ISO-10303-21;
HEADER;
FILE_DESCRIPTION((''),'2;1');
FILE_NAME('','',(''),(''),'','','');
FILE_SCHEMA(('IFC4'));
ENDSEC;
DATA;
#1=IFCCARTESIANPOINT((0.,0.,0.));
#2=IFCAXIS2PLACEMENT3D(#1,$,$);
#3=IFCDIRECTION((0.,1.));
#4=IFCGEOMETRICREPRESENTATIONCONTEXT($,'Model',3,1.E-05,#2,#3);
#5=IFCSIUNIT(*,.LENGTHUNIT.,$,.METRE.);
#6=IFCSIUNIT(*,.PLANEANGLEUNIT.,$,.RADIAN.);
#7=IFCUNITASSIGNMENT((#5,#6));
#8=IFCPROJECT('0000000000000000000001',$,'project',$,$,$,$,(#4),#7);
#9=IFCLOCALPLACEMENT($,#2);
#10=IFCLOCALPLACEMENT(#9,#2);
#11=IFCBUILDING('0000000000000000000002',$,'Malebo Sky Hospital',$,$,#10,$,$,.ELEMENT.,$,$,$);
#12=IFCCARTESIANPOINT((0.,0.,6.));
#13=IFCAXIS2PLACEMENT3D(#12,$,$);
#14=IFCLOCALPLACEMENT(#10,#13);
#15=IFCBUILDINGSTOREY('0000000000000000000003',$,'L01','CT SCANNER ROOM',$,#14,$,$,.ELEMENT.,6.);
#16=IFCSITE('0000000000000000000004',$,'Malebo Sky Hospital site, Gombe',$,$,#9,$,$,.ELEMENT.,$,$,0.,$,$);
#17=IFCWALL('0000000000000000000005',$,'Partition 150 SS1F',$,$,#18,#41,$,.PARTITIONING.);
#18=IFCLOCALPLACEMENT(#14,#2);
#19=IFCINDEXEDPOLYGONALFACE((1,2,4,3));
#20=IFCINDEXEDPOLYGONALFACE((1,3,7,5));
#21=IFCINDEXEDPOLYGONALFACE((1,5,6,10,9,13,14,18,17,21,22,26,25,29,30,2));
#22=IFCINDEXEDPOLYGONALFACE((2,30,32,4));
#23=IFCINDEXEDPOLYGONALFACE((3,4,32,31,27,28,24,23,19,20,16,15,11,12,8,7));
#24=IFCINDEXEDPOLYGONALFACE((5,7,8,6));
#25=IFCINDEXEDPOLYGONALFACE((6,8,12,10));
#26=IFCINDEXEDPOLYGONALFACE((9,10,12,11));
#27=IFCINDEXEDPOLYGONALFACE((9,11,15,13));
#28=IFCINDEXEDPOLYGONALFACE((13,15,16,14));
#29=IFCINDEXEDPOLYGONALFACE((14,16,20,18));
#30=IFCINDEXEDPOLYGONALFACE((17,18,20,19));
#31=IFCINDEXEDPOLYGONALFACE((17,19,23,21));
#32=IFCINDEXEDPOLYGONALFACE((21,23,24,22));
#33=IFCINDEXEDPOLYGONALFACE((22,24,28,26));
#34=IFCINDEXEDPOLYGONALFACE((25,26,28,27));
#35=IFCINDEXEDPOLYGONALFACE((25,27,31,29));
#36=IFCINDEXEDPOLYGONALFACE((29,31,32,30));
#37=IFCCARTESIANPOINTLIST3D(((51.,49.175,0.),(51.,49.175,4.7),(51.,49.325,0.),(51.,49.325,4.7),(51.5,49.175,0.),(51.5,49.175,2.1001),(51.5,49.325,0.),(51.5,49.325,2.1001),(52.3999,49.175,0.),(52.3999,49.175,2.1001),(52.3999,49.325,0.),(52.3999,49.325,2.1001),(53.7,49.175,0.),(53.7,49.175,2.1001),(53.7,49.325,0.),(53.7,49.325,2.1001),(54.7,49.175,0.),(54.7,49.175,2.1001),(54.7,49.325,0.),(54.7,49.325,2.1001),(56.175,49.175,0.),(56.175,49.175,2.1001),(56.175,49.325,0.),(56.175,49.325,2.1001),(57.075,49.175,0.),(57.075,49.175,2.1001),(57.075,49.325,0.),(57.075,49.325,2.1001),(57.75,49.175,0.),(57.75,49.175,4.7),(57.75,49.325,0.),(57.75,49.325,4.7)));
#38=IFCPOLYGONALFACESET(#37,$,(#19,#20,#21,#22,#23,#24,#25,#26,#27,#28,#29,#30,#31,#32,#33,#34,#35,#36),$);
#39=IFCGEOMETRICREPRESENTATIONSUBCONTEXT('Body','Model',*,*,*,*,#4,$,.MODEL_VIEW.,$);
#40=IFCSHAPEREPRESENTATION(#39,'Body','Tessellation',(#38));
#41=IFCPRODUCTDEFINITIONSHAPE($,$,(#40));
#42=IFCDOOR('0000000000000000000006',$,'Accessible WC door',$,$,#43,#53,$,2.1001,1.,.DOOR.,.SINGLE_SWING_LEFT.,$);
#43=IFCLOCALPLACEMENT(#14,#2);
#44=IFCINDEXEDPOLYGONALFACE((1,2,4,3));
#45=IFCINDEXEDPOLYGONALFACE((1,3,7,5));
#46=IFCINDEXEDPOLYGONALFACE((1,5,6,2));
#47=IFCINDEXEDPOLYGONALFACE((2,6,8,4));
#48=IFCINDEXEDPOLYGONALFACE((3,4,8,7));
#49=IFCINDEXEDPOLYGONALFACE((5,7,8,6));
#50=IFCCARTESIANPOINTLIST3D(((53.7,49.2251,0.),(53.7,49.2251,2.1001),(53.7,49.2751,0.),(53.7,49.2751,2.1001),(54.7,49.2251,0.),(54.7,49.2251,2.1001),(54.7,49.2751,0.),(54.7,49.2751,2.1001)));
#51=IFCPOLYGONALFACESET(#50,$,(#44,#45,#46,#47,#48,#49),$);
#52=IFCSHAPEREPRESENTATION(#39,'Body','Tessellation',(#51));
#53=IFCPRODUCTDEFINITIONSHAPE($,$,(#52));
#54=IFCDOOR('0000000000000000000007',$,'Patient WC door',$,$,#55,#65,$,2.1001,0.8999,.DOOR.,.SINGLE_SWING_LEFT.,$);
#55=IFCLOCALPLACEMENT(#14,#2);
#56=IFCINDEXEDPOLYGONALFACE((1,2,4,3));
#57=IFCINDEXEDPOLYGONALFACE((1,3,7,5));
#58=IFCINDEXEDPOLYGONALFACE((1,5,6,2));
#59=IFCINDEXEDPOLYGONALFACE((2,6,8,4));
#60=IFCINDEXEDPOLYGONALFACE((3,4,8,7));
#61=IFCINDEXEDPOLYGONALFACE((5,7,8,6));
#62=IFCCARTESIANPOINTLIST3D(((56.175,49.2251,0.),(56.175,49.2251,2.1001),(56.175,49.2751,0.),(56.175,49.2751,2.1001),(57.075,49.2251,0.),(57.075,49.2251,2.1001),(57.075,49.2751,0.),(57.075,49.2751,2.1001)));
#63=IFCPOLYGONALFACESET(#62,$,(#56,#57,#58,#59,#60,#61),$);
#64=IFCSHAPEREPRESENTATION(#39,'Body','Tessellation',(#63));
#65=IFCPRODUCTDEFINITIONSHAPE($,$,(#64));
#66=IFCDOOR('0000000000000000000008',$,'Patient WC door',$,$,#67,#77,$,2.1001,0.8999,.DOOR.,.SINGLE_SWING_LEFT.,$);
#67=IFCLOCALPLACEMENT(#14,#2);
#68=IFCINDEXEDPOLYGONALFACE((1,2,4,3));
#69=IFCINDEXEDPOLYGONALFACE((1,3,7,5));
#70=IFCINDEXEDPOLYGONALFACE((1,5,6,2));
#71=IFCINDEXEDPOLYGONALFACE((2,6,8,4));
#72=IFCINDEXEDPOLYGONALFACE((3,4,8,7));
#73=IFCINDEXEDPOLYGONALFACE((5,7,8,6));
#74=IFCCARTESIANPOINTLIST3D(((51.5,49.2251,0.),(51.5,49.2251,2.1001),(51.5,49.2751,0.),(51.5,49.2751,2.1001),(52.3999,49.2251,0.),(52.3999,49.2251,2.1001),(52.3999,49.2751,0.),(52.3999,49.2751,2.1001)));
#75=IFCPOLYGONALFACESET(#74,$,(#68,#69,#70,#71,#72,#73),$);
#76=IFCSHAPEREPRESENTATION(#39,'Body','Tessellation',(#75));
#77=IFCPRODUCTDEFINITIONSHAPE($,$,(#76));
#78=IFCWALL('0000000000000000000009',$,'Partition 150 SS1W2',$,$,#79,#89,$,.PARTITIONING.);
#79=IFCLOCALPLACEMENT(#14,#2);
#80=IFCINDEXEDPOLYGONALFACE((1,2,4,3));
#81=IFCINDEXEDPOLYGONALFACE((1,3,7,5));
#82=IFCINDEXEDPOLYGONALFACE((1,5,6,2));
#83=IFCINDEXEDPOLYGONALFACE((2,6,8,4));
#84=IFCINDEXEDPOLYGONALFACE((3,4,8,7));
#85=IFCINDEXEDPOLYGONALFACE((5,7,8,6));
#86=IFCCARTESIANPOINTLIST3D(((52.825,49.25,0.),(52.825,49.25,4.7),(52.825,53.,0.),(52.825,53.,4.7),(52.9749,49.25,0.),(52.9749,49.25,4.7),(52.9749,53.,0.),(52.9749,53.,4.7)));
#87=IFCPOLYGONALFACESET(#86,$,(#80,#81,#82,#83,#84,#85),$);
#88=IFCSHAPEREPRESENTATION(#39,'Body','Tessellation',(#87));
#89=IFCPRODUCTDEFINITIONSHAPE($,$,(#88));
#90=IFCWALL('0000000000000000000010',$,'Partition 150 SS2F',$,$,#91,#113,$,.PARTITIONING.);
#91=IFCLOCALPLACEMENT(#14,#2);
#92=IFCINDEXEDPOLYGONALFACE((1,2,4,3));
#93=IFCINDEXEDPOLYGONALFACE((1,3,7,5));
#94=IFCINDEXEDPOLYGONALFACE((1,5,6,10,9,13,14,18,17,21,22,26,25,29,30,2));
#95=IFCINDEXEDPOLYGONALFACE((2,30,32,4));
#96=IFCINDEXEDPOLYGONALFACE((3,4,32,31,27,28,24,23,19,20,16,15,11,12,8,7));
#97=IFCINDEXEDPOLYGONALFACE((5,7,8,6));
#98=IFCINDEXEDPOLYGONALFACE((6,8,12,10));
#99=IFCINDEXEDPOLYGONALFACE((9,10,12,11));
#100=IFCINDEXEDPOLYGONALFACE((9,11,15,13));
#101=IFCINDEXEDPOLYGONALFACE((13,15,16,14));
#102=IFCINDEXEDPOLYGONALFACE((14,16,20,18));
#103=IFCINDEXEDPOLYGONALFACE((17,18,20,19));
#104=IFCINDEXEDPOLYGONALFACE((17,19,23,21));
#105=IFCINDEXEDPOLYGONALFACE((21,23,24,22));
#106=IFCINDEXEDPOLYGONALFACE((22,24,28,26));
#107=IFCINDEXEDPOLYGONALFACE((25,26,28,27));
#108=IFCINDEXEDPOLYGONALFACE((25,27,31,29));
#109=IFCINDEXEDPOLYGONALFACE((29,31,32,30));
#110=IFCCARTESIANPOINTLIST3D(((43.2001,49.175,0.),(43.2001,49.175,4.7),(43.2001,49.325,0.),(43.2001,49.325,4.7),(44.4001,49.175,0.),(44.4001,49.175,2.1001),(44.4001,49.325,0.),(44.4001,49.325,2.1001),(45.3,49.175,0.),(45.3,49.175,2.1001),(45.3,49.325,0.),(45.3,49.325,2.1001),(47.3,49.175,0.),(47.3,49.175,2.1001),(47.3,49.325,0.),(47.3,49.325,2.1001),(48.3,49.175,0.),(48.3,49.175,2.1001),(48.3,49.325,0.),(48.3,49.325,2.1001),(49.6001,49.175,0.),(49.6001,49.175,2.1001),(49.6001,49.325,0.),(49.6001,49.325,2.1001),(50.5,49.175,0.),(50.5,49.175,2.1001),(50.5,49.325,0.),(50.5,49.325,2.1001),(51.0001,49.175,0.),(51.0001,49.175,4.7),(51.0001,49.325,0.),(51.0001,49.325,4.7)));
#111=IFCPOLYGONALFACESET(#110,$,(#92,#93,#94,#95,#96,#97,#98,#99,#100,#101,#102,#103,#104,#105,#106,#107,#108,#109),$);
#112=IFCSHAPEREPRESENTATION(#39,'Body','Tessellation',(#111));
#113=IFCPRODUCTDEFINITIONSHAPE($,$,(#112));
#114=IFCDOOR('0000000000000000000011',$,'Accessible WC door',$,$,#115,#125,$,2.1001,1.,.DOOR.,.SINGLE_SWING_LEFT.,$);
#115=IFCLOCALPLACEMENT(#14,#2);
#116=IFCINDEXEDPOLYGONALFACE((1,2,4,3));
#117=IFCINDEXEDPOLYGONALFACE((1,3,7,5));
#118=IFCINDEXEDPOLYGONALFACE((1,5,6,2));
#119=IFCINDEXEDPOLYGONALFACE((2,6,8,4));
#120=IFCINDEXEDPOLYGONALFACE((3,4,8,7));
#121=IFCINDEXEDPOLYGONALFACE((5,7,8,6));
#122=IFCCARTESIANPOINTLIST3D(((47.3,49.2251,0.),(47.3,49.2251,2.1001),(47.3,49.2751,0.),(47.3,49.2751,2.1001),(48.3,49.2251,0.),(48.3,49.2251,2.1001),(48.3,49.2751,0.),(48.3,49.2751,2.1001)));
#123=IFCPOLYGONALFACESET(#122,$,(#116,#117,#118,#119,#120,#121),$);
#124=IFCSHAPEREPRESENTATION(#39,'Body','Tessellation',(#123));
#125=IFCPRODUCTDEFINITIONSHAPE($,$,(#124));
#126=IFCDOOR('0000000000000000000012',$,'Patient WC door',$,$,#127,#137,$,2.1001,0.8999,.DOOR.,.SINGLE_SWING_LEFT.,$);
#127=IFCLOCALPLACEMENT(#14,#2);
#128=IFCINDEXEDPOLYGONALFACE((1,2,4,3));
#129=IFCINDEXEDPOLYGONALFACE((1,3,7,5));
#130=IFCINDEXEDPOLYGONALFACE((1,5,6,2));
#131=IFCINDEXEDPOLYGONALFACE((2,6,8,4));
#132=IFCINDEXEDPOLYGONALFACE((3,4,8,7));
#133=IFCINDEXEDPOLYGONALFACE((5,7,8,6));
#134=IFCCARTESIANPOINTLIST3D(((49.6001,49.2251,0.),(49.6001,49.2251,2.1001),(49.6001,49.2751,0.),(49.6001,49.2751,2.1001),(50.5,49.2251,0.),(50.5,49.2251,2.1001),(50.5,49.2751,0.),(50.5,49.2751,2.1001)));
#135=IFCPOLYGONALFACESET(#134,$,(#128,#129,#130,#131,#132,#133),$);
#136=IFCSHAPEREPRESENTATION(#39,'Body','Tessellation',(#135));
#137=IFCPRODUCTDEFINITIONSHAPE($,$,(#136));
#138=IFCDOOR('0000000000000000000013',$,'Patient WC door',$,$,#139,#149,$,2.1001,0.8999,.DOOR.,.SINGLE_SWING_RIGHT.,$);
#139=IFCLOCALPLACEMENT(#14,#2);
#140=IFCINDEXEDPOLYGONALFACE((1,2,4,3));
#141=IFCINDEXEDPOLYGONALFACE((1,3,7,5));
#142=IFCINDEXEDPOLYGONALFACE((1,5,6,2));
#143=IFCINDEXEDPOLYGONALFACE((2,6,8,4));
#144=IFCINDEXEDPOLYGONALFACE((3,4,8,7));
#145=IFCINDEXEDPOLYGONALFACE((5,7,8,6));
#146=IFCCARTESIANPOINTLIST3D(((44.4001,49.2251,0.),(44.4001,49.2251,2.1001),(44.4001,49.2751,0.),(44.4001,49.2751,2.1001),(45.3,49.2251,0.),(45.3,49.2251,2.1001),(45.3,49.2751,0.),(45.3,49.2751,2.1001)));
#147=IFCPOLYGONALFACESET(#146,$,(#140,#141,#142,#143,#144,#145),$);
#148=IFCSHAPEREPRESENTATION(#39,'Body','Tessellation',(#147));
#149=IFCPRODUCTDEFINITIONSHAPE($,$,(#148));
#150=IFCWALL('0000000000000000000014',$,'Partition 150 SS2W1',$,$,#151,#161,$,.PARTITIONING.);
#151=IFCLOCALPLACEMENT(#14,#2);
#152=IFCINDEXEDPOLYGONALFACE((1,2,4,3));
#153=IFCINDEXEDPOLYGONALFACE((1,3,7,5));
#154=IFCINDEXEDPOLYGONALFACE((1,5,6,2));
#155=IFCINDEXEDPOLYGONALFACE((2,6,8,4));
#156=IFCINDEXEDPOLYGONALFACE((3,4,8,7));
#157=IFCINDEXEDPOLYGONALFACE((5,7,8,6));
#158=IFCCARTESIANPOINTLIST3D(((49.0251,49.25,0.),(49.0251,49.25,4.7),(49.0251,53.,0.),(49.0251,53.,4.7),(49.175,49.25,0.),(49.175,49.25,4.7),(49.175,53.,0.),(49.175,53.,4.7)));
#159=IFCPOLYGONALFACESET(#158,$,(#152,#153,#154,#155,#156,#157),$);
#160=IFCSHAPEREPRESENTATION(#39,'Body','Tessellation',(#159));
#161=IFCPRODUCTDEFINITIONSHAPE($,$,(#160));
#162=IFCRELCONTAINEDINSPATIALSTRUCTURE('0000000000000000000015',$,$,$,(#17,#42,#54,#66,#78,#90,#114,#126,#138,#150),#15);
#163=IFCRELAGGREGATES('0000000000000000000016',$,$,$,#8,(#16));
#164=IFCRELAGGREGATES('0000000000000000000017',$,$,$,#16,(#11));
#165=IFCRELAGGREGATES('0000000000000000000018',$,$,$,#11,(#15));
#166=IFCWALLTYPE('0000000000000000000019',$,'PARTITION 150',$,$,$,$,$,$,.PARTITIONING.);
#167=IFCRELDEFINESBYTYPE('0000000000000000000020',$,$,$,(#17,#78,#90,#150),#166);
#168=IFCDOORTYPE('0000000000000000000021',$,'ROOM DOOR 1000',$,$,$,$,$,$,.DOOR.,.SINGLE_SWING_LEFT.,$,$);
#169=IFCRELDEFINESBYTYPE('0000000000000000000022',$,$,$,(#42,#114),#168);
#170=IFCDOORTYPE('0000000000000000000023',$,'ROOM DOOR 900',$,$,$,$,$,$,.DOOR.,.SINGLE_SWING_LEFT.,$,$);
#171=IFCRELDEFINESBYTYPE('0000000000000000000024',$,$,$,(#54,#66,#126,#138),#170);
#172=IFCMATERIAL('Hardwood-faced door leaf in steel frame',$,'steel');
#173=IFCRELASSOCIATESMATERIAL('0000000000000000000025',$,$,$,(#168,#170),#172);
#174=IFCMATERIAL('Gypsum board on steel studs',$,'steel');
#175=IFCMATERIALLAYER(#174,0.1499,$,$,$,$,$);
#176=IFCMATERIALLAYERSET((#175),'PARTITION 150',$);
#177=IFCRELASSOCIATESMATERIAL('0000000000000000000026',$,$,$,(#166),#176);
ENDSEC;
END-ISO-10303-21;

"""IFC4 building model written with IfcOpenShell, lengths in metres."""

from ifc_helpers import new_model, si_unit, direction, frame, frame_2d, origin, place, context, subcontext, project, spatial, rectangle, extrude, material, layer, layer_set, type_object, element, fill, save


model = new_model("IFC4")

# Units and contexts
model_context = context("Model", 3, precision=1e-05, world=origin(), true_north=direction((0.0, 1.0)))
body_context = subcontext(model_context, "Body", "Model", "MODEL_VIEW")
ifc_project = project(units=[si_unit("LENGTHUNIT", "METRE"), si_unit("PLANEANGLEUNIT", "RADIAN")], contexts=[model_context])

# Site, building, storey
site_placement = place(None, origin())
site = spatial("IfcSite", under=ifc_project, at=site_placement, Name="Malebo Sky Hospital site, Gombe", CompositionType="ELEMENT", RefElevation=0.0)
building_placement = place(site_placement, origin())
building = spatial("IfcBuilding", under=site, at=building_placement, Name="Malebo Sky Hospital", CompositionType="ELEMENT")
storey_placement = place(building_placement, frame((0.0, 0.0, 6.0)))
storey = spatial("IfcBuildingStorey", under=building, at=storey_placement, Name="L01", Description="CT SCANNER ROOM", CompositionType="ELEMENT", Elevation=6.0)

# Shared definitions
ifc_material_1 = material(Name="Gypsum board on steel studs", Category="steel")
ifc_material_2 = material(Name="Hardwood-faced door leaf in steel frame", Category="steel")
door_type_1 = type_object("IfcDoorType", Name="ROOM DOOR 1000", OperationType="SINGLE_SWING_LEFT", PredefinedType="DOOR", material=ifc_material_2)

# Shared definitions
ifc_layer_1 = layer(ifc_material_1, 0.1499)
ifc_layer_set_1 = layer_set([ifc_layer_1], Name="PARTITION 150")
wall_type_1 = type_object("IfcWallType", Name="PARTITION 150", PredefinedType="PARTITIONING", material=ifc_layer_set_1)

# Wall, openings, doors
wall_1_placement = place(storey_placement, frame((57.75, 49.25, 0.0), z_axis=(0.0, 0.0, 1.0), x_axis=(-1.0, 0.0, 0.0)))
wall_1 = element("IfcWall", 1, at=wall_1_placement, inside=storey, type_object=wall_type_1, Name="Partition 150 SS1F", PredefinedType="PARTITIONING", context=body_context, shape_type="SweptSolid", body=[
    extrude(rectangle(XDim=6.75, YDim=0.1499, at=frame_2d((3.375, 0.0))), origin(), (0.0, 0.0, 1.0), 4.7),
])
opening_1_placement = place(wall_1_placement, frame((0.675, 0.0, 0.0)))
opening_1 = element("IfcOpeningElement", 2, at=opening_1_placement, cuts=wall_1, PredefinedType="OPENING", context=body_context, shape_type="SweptSolid", body=[
    extrude(rectangle(XDim=0.8999, YDim=2.1001, at=frame_2d((0.45, 1.05))), frame((0.0, 0.085, 0.0), z_axis=(0.0, -1.0, 0.0), x_axis=(1.0, 0.0, 0.0)), (0.0, 0.0, 1.0), 0.1699),
])
opening_2_placement = place(wall_1_placement, frame((3.05, 0.0, 0.0)))
opening_2 = element("IfcOpeningElement", 3, at=opening_2_placement, cuts=wall_1, PredefinedType="OPENING", context=body_context, shape_type="SweptSolid", body=[
    extrude(rectangle(XDim=1.0, YDim=2.1001, at=frame_2d((0.5, 1.05))), frame((0.0, 0.085, 0.0), z_axis=(0.0, -1.0, 0.0), x_axis=(1.0, 0.0, 0.0)), (0.0, 0.0, 1.0), 0.1699),
])
opening_3_placement = place(wall_1_placement, frame((5.3501, 0.0, 0.0)))
opening_3 = element("IfcOpeningElement", 4, at=opening_3_placement, cuts=wall_1, PredefinedType="OPENING", context=body_context, shape_type="SweptSolid", body=[
    extrude(rectangle(XDim=0.8999, YDim=2.1001, at=frame_2d((0.45, 1.05))), frame((0.0, 0.085, 0.0), z_axis=(0.0, -1.0, 0.0), x_axis=(1.0, 0.0, 0.0)), (0.0, 0.0, 1.0), 0.1699),
])
door_1_placement = place(opening_2_placement, origin())
door_1 = element("IfcDoor", 5, at=door_1_placement, inside=storey, type_object=door_type_1, Name="Accessible WC door", OperationType="SINGLE_SWING_LEFT", OverallHeight=2.1001, OverallWidth=1.0, PredefinedType="DOOR", context=body_context, shape_type="SweptSolid", body=[
    extrude(rectangle(XDim=1.0, YDim=2.1001, at=frame_2d((0.5, 1.05))), frame((0.0, 0.0249, 0.0), z_axis=(0.0, -1.0, 0.0), x_axis=(1.0, 0.0, 0.0)), (0.0, 0.0, 1.0), 0.05),
])
fill(opening_2, door_1)
door_type_2 = type_object("IfcDoorType", Name="ROOM DOOR 900", OperationType="SINGLE_SWING_LEFT", PredefinedType="DOOR", material=ifc_material_2)
door_2_placement = place(opening_1_placement, origin())
door_2 = element("IfcDoor", 6, at=door_2_placement, inside=storey, type_object=door_type_2, Name="Patient WC door", OperationType="SINGLE_SWING_LEFT", OverallHeight=2.1001, OverallWidth=0.8999, PredefinedType="DOOR", context=body_context, shape_type="SweptSolid", body=[
    extrude(rectangle(XDim=0.8999, YDim=2.1001, at=frame_2d((0.45, 1.05))), frame((0.0, 0.0249, 0.0), z_axis=(0.0, -1.0, 0.0), x_axis=(1.0, 0.0, 0.0)), (0.0, 0.0, 1.0), 0.05),
])
fill(opening_1, door_2)
door_3_placement = place(opening_3_placement, origin())
door_3 = element("IfcDoor", 7, at=door_3_placement, inside=storey, type_object=door_type_2, Name="Patient WC door", OperationType="SINGLE_SWING_LEFT", OverallHeight=2.1001, OverallWidth=0.8999, PredefinedType="DOOR", context=body_context, shape_type="SweptSolid", body=[
    extrude(rectangle(XDim=0.8999, YDim=2.1001, at=frame_2d((0.45, 1.05))), frame((0.0, 0.0249, 0.0), z_axis=(0.0, -1.0, 0.0), x_axis=(1.0, 0.0, 0.0)), (0.0, 0.0, 1.0), 0.05),
])
fill(opening_3, door_3)

# Wall
wall_2_placement = place(storey_placement, frame((52.8999, 53.0, 0.0), z_axis=(0.0, 0.0, 1.0), x_axis=(0.0, -1.0, 0.0)))
element("IfcWall", 8, at=wall_2_placement, inside=storey, type_object=wall_type_1, Name="Partition 150 SS1W2", PredefinedType="PARTITIONING", context=body_context, shape_type="SweptSolid", body=[
    extrude(rectangle(XDim=3.75, YDim=0.1499, at=frame_2d((1.875, 0.0))), origin(), (0.0, 0.0, 1.0), 4.7),
])

# Wall, openings, doors
wall_3_placement = place(storey_placement, frame((51.0, 49.25, 0.0), z_axis=(0.0, 0.0, 1.0), x_axis=(-1.0, 0.0, 0.0)))
wall_3 = element("IfcWall", 9, at=wall_3_placement, inside=storey, type_object=wall_type_1, Name="Partition 150 SS2F", PredefinedType="PARTITIONING", context=body_context, shape_type="SweptSolid", body=[
    extrude(rectangle(XDim=7.8, YDim=0.1499, at=frame_2d((3.8999, 0.0))), origin(), (0.0, 0.0, 1.0), 4.7),
])
opening_4_placement = place(wall_3_placement, frame((0.5, 0.0, 0.0)))
opening_4 = element("IfcOpeningElement", 10, at=opening_4_placement, cuts=wall_3, PredefinedType="OPENING", context=body_context, shape_type="SweptSolid", body=[
    extrude(rectangle(XDim=0.8999, YDim=2.1001, at=frame_2d((0.45, 1.05))), frame((0.0, 0.085, 0.0), z_axis=(0.0, -1.0, 0.0), x_axis=(1.0, 0.0, 0.0)), (0.0, 0.0, 1.0), 0.1699),
])
opening_5_placement = place(wall_3_placement, frame((2.7, 0.0, 0.0)))
opening_5 = element("IfcOpeningElement", 11, at=opening_5_placement, cuts=wall_3, PredefinedType="OPENING", context=body_context, shape_type="SweptSolid", body=[
    extrude(rectangle(XDim=1.0, YDim=2.1001, at=frame_2d((0.5, 1.05))), frame((0.0, 0.085, 0.0), z_axis=(0.0, -1.0, 0.0), x_axis=(1.0, 0.0, 0.0)), (0.0, 0.0, 1.0), 0.1699),
])
opening_6_placement = place(wall_3_placement, frame((5.7, 0.0, 0.0)))
opening_6 = element("IfcOpeningElement", 12, at=opening_6_placement, cuts=wall_3, PredefinedType="OPENING", context=body_context, shape_type="SweptSolid", body=[
    extrude(rectangle(XDim=0.8999, YDim=2.1001, at=frame_2d((0.45, 1.05))), frame((0.0, 0.085, 0.0), z_axis=(0.0, -1.0, 0.0), x_axis=(1.0, 0.0, 0.0)), (0.0, 0.0, 1.0), 0.1699),
])
door_4_placement = place(opening_5_placement, origin())
door_4 = element("IfcDoor", 13, at=door_4_placement, inside=storey, type_object=door_type_1, Name="Accessible WC door", OperationType="SINGLE_SWING_LEFT", OverallHeight=2.1001, OverallWidth=1.0, PredefinedType="DOOR", context=body_context, shape_type="SweptSolid", body=[
    extrude(rectangle(XDim=1.0, YDim=2.1001, at=frame_2d((0.5, 1.05))), frame((0.0, 0.0249, 0.0), z_axis=(0.0, -1.0, 0.0), x_axis=(1.0, 0.0, 0.0)), (0.0, 0.0, 1.0), 0.05),
])
fill(opening_5, door_4)
door_5_placement = place(opening_4_placement, origin())
door_5 = element("IfcDoor", 14, at=door_5_placement, inside=storey, type_object=door_type_2, Name="Patient WC door", OperationType="SINGLE_SWING_LEFT", OverallHeight=2.1001, OverallWidth=0.8999, PredefinedType="DOOR", context=body_context, shape_type="SweptSolid", body=[
    extrude(rectangle(XDim=0.8999, YDim=2.1001, at=frame_2d((0.45, 1.05))), frame((0.0, 0.0249, 0.0), z_axis=(0.0, -1.0, 0.0), x_axis=(1.0, 0.0, 0.0)), (0.0, 0.0, 1.0), 0.05),
])
fill(opening_4, door_5)
door_6_placement = place(opening_6_placement, origin())
door_6 = element("IfcDoor", 15, at=door_6_placement, inside=storey, type_object=door_type_2, Name="Patient WC door", OperationType="SINGLE_SWING_RIGHT", OverallHeight=2.1001, OverallWidth=0.8999, PredefinedType="DOOR", context=body_context, shape_type="SweptSolid", body=[
    extrude(rectangle(XDim=0.8999, YDim=2.1001, at=frame_2d((0.45, 1.05))), frame((0.0, 0.0249, 0.0), z_axis=(0.0, -1.0, 0.0), x_axis=(1.0, 0.0, 0.0)), (0.0, 0.0, 1.0), 0.05),
])
fill(opening_6, door_6)

# Wall
wall_4_placement = place(storey_placement, frame((49.1001, 53.0, 0.0), z_axis=(0.0, 0.0, 1.0), x_axis=(0.0, -1.0, 0.0)))
element("IfcWall", 16, at=wall_4_placement, inside=storey, type_object=wall_type_1, Name="Partition 150 SS2W1", PredefinedType="PARTITIONING", context=body_context, shape_type="SweptSolid", body=[
    extrude(rectangle(XDim=3.75, YDim=0.1499, at=frame_2d((1.875, 0.0))), origin(), (0.0, 0.0, 1.0), 4.7),
])

save(model, "model.ifc")
